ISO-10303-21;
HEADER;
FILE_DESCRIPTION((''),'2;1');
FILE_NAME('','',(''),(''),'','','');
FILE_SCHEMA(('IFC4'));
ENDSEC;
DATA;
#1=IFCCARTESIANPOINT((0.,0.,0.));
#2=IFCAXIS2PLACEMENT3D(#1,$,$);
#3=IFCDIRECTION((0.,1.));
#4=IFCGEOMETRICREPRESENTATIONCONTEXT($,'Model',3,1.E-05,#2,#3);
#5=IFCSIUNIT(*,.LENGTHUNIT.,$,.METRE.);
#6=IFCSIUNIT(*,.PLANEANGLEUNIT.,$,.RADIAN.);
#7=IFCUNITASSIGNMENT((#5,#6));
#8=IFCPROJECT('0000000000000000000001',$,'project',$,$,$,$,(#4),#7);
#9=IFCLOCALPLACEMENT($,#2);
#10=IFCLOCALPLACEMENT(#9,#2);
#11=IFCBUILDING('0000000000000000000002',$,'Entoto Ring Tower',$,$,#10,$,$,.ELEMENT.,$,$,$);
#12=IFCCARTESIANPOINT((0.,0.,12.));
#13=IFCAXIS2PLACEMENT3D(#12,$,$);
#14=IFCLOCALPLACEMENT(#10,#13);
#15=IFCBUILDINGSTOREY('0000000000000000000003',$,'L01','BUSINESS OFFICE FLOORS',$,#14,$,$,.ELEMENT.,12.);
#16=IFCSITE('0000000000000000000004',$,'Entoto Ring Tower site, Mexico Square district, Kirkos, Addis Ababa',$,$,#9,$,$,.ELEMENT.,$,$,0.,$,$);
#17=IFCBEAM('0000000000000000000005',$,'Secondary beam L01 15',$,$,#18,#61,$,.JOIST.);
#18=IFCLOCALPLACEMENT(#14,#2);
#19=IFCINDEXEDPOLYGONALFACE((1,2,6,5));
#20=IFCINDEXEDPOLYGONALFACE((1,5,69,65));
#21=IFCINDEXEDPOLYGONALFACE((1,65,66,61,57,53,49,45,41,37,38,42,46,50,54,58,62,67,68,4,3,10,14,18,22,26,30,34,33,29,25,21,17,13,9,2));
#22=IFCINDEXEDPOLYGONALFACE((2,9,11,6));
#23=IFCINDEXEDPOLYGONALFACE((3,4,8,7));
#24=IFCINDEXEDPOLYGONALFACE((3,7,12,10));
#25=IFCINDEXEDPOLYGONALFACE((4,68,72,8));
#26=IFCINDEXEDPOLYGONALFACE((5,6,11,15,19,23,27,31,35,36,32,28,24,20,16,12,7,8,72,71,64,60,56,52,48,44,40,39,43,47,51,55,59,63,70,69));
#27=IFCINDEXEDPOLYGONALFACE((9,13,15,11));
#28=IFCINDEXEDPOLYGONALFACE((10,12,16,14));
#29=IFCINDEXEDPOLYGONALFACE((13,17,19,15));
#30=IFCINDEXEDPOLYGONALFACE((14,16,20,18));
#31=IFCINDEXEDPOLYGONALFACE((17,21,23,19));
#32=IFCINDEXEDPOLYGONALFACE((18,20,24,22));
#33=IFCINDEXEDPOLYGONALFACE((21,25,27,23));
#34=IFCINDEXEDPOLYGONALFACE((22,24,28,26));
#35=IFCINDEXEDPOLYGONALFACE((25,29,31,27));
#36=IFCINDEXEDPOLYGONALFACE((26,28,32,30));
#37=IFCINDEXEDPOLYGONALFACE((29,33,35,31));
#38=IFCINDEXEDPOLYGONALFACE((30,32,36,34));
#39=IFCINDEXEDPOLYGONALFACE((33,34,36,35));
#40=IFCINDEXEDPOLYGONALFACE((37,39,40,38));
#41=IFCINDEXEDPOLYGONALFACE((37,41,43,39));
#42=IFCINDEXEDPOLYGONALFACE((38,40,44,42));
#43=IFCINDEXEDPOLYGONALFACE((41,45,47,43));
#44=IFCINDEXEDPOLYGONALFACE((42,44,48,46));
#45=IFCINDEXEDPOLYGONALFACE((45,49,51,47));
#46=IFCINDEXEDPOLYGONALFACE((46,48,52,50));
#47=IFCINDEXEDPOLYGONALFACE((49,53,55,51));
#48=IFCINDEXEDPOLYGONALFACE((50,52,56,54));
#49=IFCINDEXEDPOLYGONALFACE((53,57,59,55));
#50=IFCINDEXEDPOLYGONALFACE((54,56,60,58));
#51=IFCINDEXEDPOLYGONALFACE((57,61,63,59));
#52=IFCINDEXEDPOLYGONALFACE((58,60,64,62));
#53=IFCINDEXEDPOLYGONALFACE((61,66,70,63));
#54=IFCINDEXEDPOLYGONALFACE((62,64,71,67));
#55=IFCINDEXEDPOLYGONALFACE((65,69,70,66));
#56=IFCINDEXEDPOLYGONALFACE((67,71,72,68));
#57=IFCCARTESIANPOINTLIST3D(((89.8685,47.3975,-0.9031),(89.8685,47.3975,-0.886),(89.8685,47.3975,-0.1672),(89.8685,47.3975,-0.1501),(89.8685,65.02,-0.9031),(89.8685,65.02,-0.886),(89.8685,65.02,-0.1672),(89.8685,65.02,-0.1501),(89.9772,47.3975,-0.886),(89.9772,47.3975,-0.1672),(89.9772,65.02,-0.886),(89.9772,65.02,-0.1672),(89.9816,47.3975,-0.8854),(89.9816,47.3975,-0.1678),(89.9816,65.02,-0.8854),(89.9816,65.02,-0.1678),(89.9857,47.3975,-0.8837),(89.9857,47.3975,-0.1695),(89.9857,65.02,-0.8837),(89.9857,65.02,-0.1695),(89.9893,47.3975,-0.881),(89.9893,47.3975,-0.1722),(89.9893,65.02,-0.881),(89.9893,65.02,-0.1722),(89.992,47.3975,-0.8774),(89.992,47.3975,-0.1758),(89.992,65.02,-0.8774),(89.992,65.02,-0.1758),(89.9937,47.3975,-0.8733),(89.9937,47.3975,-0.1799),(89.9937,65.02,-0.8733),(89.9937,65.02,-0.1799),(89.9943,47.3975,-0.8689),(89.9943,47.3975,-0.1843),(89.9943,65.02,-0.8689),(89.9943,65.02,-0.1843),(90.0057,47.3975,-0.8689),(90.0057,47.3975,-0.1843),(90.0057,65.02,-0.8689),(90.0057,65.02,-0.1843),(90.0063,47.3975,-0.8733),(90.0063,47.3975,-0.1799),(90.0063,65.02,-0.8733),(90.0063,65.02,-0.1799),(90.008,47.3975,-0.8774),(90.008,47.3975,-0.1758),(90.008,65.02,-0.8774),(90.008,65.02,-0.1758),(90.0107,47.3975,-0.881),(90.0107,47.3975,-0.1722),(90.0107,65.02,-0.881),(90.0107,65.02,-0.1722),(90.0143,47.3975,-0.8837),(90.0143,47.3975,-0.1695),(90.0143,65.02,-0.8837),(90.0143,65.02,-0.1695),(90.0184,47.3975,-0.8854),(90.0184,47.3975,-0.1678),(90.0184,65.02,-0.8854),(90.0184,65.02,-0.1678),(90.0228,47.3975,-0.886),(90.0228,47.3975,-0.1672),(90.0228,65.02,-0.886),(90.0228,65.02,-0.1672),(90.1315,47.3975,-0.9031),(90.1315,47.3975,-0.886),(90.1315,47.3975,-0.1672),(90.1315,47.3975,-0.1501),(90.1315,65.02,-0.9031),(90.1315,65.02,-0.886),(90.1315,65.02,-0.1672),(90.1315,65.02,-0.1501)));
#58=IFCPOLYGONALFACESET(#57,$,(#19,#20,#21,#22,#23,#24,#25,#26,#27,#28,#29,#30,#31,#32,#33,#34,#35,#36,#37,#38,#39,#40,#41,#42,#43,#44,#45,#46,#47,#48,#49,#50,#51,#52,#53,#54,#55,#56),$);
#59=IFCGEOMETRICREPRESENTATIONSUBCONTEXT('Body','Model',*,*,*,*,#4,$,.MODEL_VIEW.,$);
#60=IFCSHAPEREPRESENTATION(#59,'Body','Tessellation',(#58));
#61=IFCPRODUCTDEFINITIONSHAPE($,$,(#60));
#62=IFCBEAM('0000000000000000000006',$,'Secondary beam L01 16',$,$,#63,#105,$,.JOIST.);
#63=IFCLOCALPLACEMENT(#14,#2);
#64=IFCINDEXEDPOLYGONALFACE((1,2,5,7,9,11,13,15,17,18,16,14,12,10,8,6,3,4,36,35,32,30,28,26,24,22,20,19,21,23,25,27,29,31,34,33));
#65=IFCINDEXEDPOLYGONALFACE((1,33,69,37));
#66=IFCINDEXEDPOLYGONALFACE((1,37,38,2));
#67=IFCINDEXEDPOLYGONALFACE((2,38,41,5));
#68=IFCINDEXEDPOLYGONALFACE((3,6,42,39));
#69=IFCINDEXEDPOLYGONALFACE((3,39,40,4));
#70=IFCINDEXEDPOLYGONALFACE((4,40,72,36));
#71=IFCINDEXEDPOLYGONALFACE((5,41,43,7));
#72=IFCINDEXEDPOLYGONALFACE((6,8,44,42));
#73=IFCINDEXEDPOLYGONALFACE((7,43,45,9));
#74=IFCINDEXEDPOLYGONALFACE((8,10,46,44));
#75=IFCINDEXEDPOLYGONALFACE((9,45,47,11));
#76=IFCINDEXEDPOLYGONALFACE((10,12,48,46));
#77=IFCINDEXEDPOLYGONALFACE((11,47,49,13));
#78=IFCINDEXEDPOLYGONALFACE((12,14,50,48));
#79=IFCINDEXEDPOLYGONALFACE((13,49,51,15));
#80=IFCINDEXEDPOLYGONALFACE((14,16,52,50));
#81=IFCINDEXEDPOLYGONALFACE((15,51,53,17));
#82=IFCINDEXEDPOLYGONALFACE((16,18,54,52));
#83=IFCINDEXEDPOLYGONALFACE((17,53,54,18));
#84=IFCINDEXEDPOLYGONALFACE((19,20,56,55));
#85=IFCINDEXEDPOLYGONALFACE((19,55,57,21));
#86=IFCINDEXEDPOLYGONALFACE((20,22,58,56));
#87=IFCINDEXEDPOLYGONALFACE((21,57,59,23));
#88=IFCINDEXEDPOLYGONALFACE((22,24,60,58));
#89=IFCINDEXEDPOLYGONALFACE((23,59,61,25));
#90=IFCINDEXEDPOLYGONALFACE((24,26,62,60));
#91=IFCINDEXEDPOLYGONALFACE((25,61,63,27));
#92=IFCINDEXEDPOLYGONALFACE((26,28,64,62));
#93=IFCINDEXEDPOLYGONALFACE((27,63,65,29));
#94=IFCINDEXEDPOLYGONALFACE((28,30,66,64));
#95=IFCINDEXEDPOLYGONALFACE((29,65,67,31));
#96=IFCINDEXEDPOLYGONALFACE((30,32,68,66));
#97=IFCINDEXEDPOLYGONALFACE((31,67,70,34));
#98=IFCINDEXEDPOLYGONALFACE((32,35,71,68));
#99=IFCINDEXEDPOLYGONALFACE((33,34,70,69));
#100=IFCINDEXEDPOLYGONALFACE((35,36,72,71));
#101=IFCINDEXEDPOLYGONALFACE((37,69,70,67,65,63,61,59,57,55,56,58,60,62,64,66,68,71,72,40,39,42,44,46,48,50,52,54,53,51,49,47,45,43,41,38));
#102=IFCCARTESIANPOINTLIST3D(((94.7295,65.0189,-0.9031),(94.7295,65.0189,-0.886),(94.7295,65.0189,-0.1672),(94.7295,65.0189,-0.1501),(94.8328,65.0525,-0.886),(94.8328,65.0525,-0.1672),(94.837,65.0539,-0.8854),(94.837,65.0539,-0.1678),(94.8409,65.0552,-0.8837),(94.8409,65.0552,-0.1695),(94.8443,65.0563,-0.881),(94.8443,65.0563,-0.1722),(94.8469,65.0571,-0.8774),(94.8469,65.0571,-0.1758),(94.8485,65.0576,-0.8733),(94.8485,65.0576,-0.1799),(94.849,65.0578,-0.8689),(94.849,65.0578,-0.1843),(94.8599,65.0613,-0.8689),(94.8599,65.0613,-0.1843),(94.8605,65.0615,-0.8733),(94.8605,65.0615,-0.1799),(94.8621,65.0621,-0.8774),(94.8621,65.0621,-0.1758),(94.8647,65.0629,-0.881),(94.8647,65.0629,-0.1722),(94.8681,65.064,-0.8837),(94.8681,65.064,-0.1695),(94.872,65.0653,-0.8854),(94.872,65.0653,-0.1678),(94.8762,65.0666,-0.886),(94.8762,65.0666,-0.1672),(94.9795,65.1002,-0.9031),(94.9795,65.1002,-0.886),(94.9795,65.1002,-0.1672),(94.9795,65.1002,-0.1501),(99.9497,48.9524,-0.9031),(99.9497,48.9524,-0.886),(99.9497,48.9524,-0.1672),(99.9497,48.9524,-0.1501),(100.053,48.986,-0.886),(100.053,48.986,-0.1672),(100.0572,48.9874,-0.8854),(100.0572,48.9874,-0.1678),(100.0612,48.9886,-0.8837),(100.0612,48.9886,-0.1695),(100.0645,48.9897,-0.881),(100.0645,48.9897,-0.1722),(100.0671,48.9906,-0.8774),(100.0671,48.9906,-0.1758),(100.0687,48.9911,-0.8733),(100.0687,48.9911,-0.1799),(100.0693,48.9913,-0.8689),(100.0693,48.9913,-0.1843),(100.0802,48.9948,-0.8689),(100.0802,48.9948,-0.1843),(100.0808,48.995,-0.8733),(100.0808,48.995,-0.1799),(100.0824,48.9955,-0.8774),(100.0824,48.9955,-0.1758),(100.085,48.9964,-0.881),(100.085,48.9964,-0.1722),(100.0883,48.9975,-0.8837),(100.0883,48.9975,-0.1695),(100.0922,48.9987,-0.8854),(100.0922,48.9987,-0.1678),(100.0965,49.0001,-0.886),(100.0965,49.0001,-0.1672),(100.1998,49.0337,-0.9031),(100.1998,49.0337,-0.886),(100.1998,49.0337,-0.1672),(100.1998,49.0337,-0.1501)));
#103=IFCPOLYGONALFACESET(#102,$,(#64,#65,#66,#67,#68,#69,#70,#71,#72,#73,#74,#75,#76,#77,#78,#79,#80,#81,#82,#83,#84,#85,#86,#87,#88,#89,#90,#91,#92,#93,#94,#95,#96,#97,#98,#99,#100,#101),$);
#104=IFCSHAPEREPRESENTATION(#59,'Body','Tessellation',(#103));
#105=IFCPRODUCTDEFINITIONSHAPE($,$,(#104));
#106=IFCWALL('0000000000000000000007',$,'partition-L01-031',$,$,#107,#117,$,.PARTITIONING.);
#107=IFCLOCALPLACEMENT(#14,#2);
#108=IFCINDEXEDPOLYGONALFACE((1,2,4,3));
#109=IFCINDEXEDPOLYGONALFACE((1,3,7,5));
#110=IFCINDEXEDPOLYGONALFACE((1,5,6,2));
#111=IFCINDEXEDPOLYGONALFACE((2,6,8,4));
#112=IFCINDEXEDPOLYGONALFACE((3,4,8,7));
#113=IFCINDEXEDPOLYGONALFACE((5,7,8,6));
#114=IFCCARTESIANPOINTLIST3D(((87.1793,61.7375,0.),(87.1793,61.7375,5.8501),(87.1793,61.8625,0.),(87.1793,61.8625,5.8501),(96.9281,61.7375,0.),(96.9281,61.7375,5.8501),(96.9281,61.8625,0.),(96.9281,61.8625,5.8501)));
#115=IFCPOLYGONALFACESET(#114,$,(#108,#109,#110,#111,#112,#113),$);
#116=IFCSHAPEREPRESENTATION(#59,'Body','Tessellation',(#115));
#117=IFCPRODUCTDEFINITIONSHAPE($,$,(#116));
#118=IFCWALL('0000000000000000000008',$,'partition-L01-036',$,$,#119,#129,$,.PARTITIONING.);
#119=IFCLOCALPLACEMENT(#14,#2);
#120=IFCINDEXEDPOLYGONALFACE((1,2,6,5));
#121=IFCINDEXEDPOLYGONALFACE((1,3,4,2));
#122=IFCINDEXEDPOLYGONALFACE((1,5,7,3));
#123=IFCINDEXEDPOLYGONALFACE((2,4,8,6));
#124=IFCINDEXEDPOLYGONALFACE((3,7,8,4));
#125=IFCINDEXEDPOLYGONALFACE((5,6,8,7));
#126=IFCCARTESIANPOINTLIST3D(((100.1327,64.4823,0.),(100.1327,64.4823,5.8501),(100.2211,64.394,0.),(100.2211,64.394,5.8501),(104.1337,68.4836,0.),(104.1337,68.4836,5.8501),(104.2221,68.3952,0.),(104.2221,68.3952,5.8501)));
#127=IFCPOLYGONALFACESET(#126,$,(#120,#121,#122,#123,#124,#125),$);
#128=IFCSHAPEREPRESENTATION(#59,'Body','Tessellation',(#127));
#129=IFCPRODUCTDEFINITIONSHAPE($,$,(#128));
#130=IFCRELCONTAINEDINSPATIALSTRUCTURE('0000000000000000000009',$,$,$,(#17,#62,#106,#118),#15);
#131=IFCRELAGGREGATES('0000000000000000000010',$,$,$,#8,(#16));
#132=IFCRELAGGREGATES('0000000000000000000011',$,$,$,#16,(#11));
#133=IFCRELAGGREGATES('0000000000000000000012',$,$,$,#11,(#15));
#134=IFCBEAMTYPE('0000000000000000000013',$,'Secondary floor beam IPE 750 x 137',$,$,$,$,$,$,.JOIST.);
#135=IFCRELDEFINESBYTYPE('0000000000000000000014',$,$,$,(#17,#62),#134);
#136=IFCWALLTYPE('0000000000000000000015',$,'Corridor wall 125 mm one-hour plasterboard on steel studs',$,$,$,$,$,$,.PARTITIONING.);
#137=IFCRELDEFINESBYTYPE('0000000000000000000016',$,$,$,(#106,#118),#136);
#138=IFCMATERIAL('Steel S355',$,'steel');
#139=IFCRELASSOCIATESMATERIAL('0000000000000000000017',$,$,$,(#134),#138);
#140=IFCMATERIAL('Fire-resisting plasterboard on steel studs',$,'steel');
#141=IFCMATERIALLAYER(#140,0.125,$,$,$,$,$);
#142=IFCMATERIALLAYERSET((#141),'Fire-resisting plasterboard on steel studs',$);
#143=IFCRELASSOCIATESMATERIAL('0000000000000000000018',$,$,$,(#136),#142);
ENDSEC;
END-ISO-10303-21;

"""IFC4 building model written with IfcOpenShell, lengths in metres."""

from ifc_helpers import new_model, si_unit, direction, frame, frame_2d, origin, origin_2d, place, context, subcontext, project, spatial, rectangle, i_section, extrude, material, layer, layer_set, material_profile, profile_set, type_object, element, save


model = new_model("IFC4")

# Units and contexts
model_context = context("Model", 3, precision=1e-05, world=origin(), true_north=direction((0.0, 1.0)))
body_context = subcontext(model_context, "Body", "Model", "MODEL_VIEW")
ifc_project = project(units=[si_unit("LENGTHUNIT", "METRE"), si_unit("PLANEANGLEUNIT", "RADIAN")], contexts=[model_context])

# Site, building, storey
site_placement = place(None, origin())
site = spatial("IfcSite", under=ifc_project, at=site_placement, Name="Entoto Ring Tower site, Mexico Square district, Kirkos, Addis Ababa", CompositionType="ELEMENT", RefElevation=0.0)
building_placement = place(site_placement, origin())
building = spatial("IfcBuilding", under=site, at=building_placement, Name="Entoto Ring Tower", CompositionType="ELEMENT")
storey_placement = place(building_placement, frame((0.0, 0.0, 12.0)))
storey = spatial("IfcBuildingStorey", under=building, at=storey_placement, Name="L01", Description="BUSINESS OFFICE FLOORS", CompositionType="ELEMENT", Elevation=12.0)

# Beams
ifc_material_1 = material(Name="Steel S355", Category="steel")
ifc_material_profile_1 = material_profile(ifc_material_1, i_section(OverallWidth=0.2629, OverallDepth=0.7529, WebThickness=0.0115, FlangeThickness=0.0171, FilletRadius=0.0171, at=origin_2d()), Name="IPE 750 x 137")
ifc_profile_set_1 = profile_set([ifc_material_profile_1], Name="Steel S355")
beam_type_1 = type_object("IfcBeamType", Name="Secondary floor beam IPE 750 x 137", PredefinedType="JOIST", material=ifc_profile_set_1)
beam_1_placement = place(storey_placement, frame((90.0, 65.02, -0.5266), z_axis=(0.0, -1.0, 0.0), x_axis=(1.0, 0.0, 0.0)))
element("IfcBeam", 1, at=beam_1_placement, inside=storey, type_object=beam_type_1, Name="Secondary beam L01 15", PredefinedType="JOIST", context=body_context, shape_type="SweptSolid", body=[
    extrude(i_section(OverallWidth=0.2629, OverallDepth=0.7529, WebThickness=0.0115, FlangeThickness=0.0171, FilletRadius=0.0171, at=origin_2d()), origin(), (0.0, 0.0, 1.0), 17.6226),
])
beam_2_placement = place(storey_placement, frame((94.8545, 65.0596, -0.5266), z_axis=(0.309013, -0.951058, 0.0), x_axis=(0.951058, 0.309013, 0.0)))
element("IfcBeam", 2, at=beam_2_placement, inside=storey, type_object=beam_type_1, Name="Secondary beam L01 16", PredefinedType="JOIST", context=body_context, shape_type="SweptSolid", body=[
    extrude(i_section(OverallWidth=0.2629, OverallDepth=0.7529, WebThickness=0.0115, FlangeThickness=0.0171, FilletRadius=0.0171, at=origin_2d()), origin(), (0.0, 0.0, 1.0), 16.8933),
])

# Walls
ifc_material_2 = material(Name="Fire-resisting plasterboard on steel studs", Category="steel")
ifc_layer = layer(ifc_material_2, 0.125)
ifc_layer_set = layer_set([ifc_layer], Name="Fire-resisting plasterboard on steel studs")
wall_type = type_object("IfcWallType", Name="Corridor wall 125 mm one-hour plasterboard on steel studs", PredefinedType="PARTITIONING", material=ifc_layer_set)
wall_1_placement = place(storey_placement, frame((87.1792, 61.8, 0.0), z_axis=(0.0, 0.0, 1.0), x_axis=(1.0, 0.0, 0.0)))
element("IfcWall", 3, at=wall_1_placement, inside=storey, type_object=wall_type, Name="partition-L01-031", PredefinedType="PARTITIONING", context=body_context, shape_type="SweptSolid", body=[
    extrude(rectangle(XDim=9.7488, YDim=0.125, at=frame_2d((4.8745, 0.0))), origin(), (0.0, 0.0, 1.0), 5.8501),
])
wall_2_placement = place(storey_placement, frame((100.177, 64.4382, 0.0), z_axis=(0.0, 0.0, 1.0), x_axis=(0.707085, 0.707128, 0.0)))
element("IfcWall", 4, at=wall_2_placement, inside=storey, type_object=wall_type, Name="partition-L01-036", PredefinedType="PARTITIONING", context=body_context, shape_type="SweptSolid", body=[
    extrude(rectangle(XDim=5.6584, YDim=0.125, at=frame_2d((2.8291, 0.0))), origin(), (0.0, 0.0, 1.0), 5.8501),
])

save(model, "model.ifc")
